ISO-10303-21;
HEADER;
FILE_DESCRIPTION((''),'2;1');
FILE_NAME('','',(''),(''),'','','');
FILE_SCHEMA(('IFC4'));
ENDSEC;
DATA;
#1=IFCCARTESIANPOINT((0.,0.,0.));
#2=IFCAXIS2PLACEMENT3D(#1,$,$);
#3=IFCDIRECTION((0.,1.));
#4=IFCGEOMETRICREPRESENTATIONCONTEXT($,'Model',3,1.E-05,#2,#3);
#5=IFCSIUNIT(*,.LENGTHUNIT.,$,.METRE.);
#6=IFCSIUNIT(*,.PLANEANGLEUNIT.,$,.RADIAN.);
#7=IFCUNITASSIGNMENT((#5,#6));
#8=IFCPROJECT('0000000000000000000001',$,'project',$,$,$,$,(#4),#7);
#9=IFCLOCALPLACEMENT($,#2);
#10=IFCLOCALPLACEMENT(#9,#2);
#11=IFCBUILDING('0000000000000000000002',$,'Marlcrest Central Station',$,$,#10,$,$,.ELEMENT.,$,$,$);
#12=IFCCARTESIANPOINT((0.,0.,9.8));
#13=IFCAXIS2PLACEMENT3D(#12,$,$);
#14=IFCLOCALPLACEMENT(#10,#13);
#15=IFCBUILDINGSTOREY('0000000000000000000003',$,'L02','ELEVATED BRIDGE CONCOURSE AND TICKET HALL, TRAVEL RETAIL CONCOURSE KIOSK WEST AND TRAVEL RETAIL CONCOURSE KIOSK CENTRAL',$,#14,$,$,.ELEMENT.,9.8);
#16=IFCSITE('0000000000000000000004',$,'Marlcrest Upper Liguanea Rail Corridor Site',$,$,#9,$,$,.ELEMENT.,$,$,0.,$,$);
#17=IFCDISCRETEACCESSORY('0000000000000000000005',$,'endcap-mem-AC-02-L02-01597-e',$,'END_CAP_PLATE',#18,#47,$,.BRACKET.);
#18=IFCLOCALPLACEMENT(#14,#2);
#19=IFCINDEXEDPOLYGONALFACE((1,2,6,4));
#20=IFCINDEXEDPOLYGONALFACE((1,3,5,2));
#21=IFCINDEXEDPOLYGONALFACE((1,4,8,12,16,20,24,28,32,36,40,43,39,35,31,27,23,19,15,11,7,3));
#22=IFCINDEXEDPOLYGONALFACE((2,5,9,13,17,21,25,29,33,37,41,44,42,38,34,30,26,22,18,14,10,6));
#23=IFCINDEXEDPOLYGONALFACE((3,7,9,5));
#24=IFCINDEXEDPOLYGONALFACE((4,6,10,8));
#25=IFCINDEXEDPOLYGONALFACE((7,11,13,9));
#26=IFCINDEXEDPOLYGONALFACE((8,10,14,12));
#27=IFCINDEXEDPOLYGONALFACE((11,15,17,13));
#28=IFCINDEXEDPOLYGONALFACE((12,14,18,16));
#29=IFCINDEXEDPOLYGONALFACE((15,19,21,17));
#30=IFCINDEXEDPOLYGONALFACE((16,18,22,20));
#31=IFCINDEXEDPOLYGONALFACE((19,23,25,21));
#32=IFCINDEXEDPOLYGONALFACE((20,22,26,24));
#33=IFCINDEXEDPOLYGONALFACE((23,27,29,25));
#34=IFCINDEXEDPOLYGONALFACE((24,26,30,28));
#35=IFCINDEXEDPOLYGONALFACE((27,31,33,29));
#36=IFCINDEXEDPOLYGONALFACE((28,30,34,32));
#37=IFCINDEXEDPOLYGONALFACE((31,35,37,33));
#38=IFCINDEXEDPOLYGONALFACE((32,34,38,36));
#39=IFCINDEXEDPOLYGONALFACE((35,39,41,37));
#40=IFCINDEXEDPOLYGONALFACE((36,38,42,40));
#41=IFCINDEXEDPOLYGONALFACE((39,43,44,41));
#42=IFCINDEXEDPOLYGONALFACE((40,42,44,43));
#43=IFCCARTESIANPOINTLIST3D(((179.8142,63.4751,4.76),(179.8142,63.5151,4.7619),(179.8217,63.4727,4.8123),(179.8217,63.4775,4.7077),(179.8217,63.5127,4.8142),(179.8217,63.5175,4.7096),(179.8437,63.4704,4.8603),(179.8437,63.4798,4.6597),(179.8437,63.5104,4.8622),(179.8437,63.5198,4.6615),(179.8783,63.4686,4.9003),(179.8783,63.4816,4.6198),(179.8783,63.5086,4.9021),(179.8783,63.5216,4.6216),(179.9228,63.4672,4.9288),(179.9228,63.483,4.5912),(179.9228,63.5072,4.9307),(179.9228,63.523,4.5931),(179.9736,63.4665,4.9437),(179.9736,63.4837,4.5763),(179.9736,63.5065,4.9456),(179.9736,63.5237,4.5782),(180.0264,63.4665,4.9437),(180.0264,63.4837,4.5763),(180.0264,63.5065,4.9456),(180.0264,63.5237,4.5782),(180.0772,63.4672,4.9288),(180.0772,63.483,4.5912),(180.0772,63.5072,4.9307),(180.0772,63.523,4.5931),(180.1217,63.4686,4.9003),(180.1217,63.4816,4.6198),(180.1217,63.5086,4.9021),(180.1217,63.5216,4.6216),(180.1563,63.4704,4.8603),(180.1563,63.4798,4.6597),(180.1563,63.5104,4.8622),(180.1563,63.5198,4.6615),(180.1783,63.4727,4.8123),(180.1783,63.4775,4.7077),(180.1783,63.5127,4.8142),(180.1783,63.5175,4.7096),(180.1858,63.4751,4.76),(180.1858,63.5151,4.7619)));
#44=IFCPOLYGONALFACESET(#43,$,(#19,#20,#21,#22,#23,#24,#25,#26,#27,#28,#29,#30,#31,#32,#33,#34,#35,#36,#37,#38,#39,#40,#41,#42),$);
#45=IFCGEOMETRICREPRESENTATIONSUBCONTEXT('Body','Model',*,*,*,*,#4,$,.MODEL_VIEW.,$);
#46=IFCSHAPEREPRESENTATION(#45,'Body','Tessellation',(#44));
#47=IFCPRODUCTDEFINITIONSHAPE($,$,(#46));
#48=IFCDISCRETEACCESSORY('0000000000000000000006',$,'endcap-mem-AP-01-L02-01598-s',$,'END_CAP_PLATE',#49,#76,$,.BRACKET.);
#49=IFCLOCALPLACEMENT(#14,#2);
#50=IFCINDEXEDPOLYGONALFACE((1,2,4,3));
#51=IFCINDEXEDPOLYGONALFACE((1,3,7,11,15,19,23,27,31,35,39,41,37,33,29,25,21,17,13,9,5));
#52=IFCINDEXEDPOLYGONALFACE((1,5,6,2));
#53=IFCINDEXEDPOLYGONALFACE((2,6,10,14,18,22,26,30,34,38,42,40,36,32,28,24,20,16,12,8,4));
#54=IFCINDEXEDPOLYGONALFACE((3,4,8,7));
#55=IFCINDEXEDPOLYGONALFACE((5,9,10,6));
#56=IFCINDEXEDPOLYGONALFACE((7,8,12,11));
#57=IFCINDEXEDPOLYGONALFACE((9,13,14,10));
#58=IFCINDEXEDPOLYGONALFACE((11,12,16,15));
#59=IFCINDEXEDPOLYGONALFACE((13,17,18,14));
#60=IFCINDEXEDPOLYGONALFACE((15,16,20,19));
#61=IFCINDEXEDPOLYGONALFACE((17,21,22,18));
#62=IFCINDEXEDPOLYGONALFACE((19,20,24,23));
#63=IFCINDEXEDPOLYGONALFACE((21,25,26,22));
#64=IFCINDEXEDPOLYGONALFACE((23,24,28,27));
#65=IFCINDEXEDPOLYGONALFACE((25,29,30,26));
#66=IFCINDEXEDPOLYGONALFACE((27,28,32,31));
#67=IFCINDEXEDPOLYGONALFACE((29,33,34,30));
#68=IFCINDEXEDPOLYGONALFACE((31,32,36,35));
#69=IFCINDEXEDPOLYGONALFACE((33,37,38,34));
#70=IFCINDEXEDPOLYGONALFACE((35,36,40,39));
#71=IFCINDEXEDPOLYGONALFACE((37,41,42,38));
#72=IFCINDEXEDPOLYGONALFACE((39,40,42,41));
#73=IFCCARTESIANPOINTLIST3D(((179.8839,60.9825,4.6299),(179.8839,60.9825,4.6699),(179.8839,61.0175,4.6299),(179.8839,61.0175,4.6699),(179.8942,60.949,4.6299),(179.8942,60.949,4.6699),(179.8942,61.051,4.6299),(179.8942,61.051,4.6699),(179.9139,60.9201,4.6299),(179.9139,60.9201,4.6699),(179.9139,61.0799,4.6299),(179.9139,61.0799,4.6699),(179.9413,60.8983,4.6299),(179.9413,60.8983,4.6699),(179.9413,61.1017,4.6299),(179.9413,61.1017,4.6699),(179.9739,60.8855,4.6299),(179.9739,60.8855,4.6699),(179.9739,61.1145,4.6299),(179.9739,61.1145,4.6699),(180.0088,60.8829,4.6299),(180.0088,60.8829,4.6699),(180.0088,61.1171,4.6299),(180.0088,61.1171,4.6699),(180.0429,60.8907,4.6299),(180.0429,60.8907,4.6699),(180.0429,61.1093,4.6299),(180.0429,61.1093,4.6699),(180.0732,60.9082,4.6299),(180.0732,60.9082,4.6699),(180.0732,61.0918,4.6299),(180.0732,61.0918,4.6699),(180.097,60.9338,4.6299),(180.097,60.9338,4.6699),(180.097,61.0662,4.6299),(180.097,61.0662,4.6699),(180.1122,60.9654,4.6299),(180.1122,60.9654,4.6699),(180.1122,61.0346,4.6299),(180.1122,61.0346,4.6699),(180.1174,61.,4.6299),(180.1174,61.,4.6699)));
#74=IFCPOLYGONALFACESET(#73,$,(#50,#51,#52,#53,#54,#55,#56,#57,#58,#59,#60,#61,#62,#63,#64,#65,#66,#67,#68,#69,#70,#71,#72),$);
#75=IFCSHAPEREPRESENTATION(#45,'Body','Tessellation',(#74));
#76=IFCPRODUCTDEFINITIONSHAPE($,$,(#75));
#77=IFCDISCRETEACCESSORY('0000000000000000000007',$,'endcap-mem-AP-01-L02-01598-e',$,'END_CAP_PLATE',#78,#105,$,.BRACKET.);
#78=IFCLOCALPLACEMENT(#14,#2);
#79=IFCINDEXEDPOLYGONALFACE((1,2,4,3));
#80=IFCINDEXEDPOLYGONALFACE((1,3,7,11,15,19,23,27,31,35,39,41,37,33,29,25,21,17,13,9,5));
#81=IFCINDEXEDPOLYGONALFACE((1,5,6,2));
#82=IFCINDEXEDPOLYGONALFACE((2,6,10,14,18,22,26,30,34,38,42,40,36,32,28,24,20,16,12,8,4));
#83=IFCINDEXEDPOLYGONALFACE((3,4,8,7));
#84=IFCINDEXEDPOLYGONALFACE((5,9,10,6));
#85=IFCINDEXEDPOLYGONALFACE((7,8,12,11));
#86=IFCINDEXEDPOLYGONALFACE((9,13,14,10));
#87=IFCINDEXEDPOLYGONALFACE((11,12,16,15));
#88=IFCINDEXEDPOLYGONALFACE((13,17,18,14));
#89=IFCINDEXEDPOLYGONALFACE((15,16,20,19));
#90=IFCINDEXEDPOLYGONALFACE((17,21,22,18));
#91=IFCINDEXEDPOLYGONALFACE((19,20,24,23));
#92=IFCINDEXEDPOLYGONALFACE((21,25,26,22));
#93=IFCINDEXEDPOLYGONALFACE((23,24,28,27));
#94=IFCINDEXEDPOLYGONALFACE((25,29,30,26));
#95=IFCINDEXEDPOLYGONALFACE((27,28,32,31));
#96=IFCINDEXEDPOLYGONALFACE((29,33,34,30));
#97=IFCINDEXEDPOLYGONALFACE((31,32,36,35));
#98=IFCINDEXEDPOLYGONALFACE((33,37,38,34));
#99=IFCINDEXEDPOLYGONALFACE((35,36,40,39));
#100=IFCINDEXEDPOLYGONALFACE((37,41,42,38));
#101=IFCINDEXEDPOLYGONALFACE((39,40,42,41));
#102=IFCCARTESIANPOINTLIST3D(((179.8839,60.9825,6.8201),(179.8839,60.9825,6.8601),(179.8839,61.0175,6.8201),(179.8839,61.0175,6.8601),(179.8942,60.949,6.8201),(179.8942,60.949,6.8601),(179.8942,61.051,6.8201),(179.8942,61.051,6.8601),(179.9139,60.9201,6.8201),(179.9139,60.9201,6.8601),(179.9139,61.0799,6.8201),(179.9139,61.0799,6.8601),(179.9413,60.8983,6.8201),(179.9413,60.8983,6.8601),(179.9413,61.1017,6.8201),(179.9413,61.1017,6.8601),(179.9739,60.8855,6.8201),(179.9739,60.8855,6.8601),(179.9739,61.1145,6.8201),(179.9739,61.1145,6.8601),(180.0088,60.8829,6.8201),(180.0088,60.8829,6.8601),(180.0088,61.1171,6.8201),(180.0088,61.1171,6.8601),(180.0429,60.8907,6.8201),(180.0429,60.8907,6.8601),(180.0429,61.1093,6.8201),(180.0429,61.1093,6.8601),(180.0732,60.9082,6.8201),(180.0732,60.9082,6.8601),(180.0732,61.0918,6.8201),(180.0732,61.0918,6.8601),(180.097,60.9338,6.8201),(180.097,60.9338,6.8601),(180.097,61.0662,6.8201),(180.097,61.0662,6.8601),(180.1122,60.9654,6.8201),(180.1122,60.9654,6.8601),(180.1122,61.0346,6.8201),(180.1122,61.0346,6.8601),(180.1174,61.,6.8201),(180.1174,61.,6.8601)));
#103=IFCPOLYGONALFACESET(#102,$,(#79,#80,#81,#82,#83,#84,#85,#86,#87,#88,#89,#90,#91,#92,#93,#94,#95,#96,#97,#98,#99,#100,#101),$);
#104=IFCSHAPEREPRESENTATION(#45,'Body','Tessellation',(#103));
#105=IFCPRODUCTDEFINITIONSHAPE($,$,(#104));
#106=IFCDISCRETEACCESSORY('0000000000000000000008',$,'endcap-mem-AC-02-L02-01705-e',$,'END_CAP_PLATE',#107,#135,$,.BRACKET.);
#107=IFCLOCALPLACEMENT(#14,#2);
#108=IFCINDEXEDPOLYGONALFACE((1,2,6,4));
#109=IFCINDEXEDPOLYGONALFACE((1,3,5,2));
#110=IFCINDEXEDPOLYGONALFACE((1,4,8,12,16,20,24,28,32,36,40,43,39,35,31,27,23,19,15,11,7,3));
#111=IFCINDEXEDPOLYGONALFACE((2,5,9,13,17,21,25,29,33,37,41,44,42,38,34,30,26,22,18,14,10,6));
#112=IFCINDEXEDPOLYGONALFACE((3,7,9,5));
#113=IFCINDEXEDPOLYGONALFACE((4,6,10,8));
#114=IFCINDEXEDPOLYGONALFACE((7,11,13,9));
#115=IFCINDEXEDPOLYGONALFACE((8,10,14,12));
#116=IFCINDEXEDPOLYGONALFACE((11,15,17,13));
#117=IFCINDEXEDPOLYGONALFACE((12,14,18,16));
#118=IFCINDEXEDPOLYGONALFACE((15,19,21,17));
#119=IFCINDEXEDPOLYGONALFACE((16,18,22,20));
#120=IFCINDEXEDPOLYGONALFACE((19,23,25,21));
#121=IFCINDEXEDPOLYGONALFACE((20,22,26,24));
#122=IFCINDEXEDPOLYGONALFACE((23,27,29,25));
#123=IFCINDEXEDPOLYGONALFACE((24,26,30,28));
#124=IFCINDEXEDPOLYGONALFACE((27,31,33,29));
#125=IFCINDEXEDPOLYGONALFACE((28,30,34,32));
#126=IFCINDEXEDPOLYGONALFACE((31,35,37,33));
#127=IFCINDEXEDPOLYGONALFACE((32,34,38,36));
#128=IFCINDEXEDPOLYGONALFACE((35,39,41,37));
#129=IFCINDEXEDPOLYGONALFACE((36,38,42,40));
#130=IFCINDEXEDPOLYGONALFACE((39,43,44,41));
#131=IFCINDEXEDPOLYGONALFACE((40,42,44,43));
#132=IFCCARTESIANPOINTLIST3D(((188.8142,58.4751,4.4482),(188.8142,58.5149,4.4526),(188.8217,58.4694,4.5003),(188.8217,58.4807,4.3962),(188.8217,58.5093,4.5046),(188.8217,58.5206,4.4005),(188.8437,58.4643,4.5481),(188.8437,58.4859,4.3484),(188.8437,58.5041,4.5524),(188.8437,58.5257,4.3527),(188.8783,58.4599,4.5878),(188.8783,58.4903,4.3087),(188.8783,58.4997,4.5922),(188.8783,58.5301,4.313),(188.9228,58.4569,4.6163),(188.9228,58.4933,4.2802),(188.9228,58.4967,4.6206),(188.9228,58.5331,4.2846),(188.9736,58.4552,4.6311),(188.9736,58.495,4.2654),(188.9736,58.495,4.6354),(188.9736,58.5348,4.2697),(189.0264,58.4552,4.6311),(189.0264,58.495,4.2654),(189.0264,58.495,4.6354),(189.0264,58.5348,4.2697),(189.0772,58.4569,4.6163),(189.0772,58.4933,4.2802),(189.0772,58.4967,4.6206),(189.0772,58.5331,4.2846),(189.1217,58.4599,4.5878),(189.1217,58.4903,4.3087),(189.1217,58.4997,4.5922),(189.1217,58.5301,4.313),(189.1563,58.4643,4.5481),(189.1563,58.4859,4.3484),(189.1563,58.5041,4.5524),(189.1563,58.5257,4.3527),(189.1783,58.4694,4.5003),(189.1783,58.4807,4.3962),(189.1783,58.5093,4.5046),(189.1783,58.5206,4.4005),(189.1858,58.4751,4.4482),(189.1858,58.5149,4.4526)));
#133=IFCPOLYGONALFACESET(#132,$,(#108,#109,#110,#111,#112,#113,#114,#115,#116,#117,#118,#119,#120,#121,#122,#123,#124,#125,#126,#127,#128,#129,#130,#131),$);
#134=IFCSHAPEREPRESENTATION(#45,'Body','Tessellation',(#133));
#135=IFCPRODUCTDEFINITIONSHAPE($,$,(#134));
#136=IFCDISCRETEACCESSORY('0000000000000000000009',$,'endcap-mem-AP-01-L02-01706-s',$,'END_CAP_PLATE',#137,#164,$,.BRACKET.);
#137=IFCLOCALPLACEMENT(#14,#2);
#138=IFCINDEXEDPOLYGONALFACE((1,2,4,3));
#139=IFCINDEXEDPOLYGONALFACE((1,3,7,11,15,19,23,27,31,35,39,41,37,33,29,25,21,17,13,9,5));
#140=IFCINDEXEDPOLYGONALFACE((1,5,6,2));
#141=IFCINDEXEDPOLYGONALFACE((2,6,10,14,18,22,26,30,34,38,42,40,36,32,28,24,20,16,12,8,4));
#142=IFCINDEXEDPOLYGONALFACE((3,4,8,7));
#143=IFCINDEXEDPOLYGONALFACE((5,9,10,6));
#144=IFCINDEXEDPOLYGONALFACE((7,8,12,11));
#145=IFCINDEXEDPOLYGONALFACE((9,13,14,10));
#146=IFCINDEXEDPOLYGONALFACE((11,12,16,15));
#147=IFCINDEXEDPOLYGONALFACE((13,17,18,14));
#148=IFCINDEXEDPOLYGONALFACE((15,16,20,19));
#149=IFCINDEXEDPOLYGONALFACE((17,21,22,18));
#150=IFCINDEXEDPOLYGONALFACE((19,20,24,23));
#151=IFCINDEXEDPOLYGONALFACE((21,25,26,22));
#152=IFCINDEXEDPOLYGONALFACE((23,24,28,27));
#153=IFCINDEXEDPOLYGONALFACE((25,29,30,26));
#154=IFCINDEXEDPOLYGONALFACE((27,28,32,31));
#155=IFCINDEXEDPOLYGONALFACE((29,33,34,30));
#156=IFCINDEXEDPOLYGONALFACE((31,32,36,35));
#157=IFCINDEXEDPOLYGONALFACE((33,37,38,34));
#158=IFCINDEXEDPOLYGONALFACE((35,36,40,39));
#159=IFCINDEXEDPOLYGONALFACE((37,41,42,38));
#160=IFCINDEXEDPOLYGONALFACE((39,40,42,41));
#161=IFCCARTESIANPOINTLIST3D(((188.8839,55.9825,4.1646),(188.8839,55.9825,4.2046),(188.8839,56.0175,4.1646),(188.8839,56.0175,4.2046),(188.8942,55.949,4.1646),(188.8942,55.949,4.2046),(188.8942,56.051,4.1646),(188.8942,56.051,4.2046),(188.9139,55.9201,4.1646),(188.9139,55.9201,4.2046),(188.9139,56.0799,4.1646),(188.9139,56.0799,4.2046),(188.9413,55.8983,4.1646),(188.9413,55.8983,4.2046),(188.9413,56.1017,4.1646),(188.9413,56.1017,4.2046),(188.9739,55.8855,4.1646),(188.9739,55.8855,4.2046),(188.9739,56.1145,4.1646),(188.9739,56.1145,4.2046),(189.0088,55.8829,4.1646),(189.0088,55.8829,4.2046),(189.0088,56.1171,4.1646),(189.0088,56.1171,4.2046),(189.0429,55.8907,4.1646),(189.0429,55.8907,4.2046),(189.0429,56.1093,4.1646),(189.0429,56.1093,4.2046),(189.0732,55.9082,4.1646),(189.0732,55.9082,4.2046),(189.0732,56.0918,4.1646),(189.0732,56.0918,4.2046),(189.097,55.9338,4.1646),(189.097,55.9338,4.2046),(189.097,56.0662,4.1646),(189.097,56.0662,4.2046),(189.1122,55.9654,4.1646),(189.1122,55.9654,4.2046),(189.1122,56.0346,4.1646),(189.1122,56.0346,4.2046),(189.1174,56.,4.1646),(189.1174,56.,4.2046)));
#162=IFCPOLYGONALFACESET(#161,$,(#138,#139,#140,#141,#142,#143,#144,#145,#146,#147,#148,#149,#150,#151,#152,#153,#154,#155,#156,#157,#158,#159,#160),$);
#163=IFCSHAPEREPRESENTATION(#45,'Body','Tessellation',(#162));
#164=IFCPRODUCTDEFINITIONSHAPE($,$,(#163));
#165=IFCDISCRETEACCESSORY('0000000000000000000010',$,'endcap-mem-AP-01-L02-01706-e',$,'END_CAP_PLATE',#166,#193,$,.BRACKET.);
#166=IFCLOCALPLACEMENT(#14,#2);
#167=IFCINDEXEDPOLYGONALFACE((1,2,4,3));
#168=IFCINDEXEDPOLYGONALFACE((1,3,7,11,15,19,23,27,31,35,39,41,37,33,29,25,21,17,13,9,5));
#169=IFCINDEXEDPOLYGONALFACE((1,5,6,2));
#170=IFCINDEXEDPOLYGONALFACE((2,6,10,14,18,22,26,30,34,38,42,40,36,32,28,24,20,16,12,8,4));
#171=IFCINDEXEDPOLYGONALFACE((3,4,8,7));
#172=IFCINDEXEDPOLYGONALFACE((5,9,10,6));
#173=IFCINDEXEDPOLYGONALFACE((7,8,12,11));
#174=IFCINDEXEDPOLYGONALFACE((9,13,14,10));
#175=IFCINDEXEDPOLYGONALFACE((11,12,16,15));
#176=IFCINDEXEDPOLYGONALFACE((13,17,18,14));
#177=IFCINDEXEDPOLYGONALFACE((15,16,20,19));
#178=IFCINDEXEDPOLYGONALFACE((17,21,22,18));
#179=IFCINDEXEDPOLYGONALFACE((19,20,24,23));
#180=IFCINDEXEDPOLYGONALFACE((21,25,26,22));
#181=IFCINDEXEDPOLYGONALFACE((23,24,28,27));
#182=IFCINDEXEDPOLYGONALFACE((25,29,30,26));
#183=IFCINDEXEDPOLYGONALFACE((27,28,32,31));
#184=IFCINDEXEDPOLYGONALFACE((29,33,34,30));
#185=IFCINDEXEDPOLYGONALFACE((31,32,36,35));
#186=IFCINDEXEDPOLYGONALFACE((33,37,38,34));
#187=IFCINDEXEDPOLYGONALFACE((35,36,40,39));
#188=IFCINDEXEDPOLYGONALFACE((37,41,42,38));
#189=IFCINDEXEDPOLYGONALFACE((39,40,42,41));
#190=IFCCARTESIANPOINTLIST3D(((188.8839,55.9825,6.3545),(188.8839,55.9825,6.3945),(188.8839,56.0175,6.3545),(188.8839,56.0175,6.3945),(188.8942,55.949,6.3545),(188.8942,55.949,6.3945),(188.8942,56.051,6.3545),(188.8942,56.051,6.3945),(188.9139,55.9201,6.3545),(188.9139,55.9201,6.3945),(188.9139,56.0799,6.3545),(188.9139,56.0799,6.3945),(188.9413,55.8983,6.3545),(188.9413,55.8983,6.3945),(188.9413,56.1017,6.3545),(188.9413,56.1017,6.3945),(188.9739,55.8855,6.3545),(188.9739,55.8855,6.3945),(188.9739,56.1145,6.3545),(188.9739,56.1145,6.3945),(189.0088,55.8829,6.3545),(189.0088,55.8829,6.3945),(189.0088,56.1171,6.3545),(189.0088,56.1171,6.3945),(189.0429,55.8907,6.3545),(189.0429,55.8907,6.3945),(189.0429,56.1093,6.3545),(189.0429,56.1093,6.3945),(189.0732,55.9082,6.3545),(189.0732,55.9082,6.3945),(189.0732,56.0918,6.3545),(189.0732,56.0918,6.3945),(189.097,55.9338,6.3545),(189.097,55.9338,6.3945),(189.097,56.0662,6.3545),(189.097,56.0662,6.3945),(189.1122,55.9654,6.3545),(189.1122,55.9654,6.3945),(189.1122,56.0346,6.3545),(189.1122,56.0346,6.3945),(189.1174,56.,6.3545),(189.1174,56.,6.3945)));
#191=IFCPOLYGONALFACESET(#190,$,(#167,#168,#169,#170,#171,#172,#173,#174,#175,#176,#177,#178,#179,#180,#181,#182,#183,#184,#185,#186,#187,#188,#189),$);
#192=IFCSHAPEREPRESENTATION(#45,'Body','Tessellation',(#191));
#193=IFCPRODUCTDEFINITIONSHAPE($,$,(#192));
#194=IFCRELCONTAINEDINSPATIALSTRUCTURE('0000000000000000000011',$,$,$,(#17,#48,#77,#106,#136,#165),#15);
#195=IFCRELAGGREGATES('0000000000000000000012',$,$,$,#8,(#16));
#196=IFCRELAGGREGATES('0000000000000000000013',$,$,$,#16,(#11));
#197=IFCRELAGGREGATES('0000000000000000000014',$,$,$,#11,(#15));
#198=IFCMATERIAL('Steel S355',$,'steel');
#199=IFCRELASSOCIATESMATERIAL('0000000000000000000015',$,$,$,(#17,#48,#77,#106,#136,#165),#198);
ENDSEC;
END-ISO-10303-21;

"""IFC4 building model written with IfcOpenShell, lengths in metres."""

from ifc_helpers import new_model, si_unit, direction, frame, origin, origin_2d, place, context, subcontext, project, spatial, circle, extrude, material, element, save


model = new_model("IFC4")

# Units and contexts
model_context = context("Model", 3, precision=1e-05, world=origin(), true_north=direction((0.0, 1.0)))
body_context = subcontext(model_context, "Body", "Model", "MODEL_VIEW")
ifc_project = project(units=[si_unit("LENGTHUNIT", "METRE"), si_unit("PLANEANGLEUNIT", "RADIAN")], contexts=[model_context])

# Site, building, storey
site_placement = place(None, origin())
site = spatial("IfcSite", under=ifc_project, at=site_placement, Name="Marlcrest Upper Liguanea Rail Corridor Site", CompositionType="ELEMENT", RefElevation=0.0)
building_placement = place(site_placement, origin())
building = spatial("IfcBuilding", under=site, at=building_placement, Name="Marlcrest Central Station", CompositionType="ELEMENT")
storey_placement = place(building_placement, frame((0.0, 0.0, 9.8)))
storey = spatial("IfcBuildingStorey", under=building, at=storey_placement, Name="L02", Description="ELEVATED BRIDGE CONCOURSE AND TICKET HALL, TRAVEL RETAIL CONCOURSE KIOSK WEST AND TRAVEL RETAIL CONCOURSE KIOSK CENTRAL", CompositionType="ELEMENT", Elevation=9.8)

# Shared definitions
ifc_material = material(Name="Steel S355", Category="steel")

# Discrete accessories
discrete_accessory_1_placement = place(storey_placement, frame((180.0, 63.4751, 4.76), z_axis=(0.0, 0.998917, 0.046532), x_axis=(-1.0, 0.0, 0.0)))
element("IfcDiscreteAccessory", 1, at=discrete_accessory_1_placement, inside=storey, material=ifc_material, Name="endcap-mem-AC-02-L02-01597-e", ObjectType="END_CAP_PLATE", PredefinedType="BRACKET", context=body_context, shape_type="SweptSolid", body=[
    extrude(circle(Radius=0.1858, at=origin_2d()), origin(), (0.0, 0.0, 1.0), 0.04),
])
for number, where, z_axis, x_axis, name in (
    (2, (180.0, 61.0, 4.6299), (0.0, 0.0, 1.0), (1.0, 0.0, 0.0), "endcap-mem-AP-01-L02-01598-s"),
    (3, (180.0, 61.0, 6.8201), (0.0, 0.0, 1.0), (1.0, 0.0, 0.0), "endcap-mem-AP-01-L02-01598-e"),
):
    element("IfcDiscreteAccessory", number, at=place(storey_placement, frame(where, z_axis=z_axis, x_axis=x_axis)), inside=storey, material=ifc_material, Name=name, ObjectType="END_CAP_PLATE", PredefinedType="BRACKET", context=body_context, shape_type="SweptSolid", body=[
        extrude(circle(Radius=0.1174, at=origin_2d()), origin(), (0.0, 0.0, 1.0), 0.04),
    ])
discrete_accessory_2_placement = place(storey_placement, frame((189.0, 58.4751, 4.4482), z_axis=(0.0, 0.994155, 0.107959), x_axis=(-1.0, 0.0, 0.0)))
element("IfcDiscreteAccessory", 4, at=discrete_accessory_2_placement, inside=storey, material=ifc_material, Name="endcap-mem-AC-02-L02-01705-e", ObjectType="END_CAP_PLATE", PredefinedType="BRACKET", context=body_context, shape_type="SweptSolid", body=[
    extrude(circle(Radius=0.1858, at=origin_2d()), origin(), (0.0, 0.0, 1.0), 0.04),
])
for number, where, z_axis, x_axis, name in (
    (5, (189.0, 56.0, 4.1646), (0.0, 0.0, 1.0), (1.0, 0.0, 0.0), "endcap-mem-AP-01-L02-01706-s"),
    (6, (189.0, 56.0, 6.3545), (0.0, 0.0, 1.0), (1.0, 0.0, 0.0), "endcap-mem-AP-01-L02-01706-e"),
):
    element("IfcDiscreteAccessory", number, at=place(storey_placement, frame(where, z_axis=z_axis, x_axis=x_axis)), inside=storey, material=ifc_material, Name=name, ObjectType="END_CAP_PLATE", PredefinedType="BRACKET", context=body_context, shape_type="SweptSolid", body=[
        extrude(circle(Radius=0.1174, at=origin_2d()), origin(), (0.0, 0.0, 1.0), 0.04),
    ])

save(model, "model.ifc")
